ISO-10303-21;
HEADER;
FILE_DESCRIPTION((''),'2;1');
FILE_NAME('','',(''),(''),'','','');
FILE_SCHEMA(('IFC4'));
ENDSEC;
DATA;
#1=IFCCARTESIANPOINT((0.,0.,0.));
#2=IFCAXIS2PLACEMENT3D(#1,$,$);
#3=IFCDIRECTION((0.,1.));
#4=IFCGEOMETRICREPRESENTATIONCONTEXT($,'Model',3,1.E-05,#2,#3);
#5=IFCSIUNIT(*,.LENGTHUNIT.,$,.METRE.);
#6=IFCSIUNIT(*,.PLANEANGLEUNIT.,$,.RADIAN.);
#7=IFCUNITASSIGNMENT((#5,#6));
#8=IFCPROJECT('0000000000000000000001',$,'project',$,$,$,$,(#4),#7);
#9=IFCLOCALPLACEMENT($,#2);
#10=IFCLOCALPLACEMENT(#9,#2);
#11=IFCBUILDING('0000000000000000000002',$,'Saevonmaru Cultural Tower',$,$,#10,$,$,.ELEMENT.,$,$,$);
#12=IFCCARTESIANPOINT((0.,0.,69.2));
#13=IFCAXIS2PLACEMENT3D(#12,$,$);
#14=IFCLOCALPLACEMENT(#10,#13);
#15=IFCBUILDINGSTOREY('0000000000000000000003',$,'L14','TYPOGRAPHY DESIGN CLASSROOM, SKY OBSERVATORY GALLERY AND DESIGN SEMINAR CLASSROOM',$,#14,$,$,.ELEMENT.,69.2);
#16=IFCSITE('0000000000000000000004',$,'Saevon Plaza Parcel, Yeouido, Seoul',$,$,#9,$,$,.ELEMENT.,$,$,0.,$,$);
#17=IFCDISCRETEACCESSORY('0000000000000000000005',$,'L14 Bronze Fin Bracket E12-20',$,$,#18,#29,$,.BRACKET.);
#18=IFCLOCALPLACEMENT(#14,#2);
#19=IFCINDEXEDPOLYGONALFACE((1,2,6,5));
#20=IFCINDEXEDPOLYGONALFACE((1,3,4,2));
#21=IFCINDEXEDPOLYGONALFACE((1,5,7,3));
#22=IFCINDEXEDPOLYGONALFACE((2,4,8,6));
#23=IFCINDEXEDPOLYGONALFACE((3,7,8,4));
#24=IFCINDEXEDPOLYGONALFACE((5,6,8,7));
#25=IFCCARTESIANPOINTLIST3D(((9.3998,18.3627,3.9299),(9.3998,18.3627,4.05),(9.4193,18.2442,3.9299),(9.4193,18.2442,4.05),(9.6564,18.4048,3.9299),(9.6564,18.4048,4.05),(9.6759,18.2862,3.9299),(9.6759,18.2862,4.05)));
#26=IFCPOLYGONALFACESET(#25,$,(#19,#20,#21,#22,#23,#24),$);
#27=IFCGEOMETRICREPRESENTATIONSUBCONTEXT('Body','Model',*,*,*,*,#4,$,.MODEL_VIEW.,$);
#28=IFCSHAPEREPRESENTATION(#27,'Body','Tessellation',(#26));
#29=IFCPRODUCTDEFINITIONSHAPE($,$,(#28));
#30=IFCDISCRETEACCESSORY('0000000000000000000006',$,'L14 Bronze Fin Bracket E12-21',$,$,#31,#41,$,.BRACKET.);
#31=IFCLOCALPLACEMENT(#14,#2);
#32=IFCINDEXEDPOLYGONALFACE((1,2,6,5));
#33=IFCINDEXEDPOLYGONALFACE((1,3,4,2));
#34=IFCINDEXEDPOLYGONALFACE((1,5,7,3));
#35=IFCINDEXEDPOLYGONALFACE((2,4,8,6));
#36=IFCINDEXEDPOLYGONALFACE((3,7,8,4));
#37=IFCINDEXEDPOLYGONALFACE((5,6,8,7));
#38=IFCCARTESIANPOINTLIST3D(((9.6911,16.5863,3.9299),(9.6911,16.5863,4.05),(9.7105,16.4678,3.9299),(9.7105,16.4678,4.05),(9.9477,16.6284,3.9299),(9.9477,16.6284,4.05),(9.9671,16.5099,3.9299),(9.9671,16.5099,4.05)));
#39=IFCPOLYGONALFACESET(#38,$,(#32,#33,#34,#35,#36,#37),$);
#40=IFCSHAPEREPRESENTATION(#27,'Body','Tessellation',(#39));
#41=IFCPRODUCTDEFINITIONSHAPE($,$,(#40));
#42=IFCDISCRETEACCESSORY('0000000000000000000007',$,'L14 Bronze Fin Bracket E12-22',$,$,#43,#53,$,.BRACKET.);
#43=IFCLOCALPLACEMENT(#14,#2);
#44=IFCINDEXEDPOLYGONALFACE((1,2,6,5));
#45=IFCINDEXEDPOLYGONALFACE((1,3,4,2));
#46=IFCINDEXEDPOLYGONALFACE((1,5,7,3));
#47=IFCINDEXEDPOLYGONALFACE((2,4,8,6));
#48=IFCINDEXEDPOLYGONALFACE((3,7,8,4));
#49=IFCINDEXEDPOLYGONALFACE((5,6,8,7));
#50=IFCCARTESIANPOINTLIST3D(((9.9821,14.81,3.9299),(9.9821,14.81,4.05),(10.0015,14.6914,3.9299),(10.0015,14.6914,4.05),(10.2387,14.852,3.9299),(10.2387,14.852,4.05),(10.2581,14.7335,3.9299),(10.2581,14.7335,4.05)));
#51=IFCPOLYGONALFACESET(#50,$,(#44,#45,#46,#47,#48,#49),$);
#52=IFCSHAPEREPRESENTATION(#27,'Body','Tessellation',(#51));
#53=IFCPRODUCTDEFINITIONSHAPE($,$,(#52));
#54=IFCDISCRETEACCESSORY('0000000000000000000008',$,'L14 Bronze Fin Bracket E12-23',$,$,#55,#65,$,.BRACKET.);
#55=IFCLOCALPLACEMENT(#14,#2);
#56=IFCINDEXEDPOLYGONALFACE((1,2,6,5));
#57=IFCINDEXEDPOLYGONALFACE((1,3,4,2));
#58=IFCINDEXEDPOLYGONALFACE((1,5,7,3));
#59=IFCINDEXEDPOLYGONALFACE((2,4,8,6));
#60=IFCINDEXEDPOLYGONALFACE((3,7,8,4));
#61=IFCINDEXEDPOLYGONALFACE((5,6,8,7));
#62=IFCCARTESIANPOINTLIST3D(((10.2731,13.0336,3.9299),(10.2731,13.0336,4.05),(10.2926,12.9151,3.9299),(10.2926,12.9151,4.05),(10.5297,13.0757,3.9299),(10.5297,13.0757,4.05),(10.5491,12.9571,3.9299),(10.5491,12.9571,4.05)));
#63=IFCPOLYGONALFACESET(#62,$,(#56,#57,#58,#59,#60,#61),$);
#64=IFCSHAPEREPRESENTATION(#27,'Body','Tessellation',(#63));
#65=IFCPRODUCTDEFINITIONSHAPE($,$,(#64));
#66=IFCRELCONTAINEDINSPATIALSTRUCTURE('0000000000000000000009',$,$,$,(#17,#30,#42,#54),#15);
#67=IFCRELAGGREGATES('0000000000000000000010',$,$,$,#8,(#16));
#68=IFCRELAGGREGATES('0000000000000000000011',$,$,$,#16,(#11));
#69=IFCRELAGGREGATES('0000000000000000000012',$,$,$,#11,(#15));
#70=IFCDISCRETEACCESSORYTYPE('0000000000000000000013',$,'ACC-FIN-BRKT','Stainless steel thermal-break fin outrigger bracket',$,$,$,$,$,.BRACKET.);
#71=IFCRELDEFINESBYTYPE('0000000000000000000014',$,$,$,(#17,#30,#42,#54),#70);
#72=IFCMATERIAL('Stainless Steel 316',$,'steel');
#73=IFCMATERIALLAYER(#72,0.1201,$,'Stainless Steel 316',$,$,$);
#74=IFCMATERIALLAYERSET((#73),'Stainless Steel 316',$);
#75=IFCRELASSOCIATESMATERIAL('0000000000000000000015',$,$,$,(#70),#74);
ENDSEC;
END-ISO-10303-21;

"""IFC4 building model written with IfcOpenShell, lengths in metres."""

from ifc_helpers import new_model, si_unit, direction, frame, origin, origin_2d, place, context, subcontext, project, spatial, rectangle, extrude, material, layer, layer_set, type_object, element, save


model = new_model("IFC4")

# Units and contexts
model_context = context("Model", 3, precision=1e-05, world=origin(), true_north=direction((0.0, 1.0)))
body_context = subcontext(model_context, "Body", "Model", "MODEL_VIEW")
ifc_project = project(units=[si_unit("LENGTHUNIT", "METRE"), si_unit("PLANEANGLEUNIT", "RADIAN")], contexts=[model_context])

# Site, building, storey
site_placement = place(None, origin())
site = spatial("IfcSite", under=ifc_project, at=site_placement, Name="Saevon Plaza Parcel, Yeouido, Seoul", CompositionType="ELEMENT", RefElevation=0.0)
building_placement = place(site_placement, origin())
building = spatial("IfcBuilding", under=site, at=building_placement, Name="Saevonmaru Cultural Tower", CompositionType="ELEMENT")
storey_placement = place(building_placement, frame((0.0, 0.0, 69.2)))
storey = spatial("IfcBuildingStorey", under=building, at=storey_placement, Name="L14", Description="TYPOGRAPHY DESIGN CLASSROOM, SKY OBSERVATORY GALLERY AND DESIGN SEMINAR CLASSROOM", CompositionType="ELEMENT", Elevation=69.2)

# Discrete accessories
ifc_material_1 = material(Name="Stainless Steel 316", Category="steel")
ifc_layer_1 = layer(ifc_material_1, 0.1201, Name="Stainless Steel 316")
ifc_layer_set_1 = layer_set([ifc_layer_1], Name="Stainless Steel 316")
discrete_accessory_type = type_object("IfcDiscreteAccessoryType", Name="ACC-FIN-BRKT", Description="Stainless steel thermal-break fin outrigger bracket", PredefinedType="BRACKET", material=ifc_layer_set_1)
for number, where, z_axis, x_axis, name in (
    (1, (9.5378, 18.3245, 3.9299), (0.0, 0.0, 1.0), (-0.986827, -0.161776, 0.0), "L14 Bronze Fin Bracket E12-20"),
    (2, (9.8291, 16.5481, 3.9299), (0.0, 0.0, 1.0), (-0.986827, -0.161776, 0.0), "L14 Bronze Fin Bracket E12-21"),
    (3, (10.1201, 14.7717, 3.9299), (0.0, 0.0, 1.0), (-0.986827, -0.161776, 0.0), "L14 Bronze Fin Bracket E12-22"),
    (4, (10.4111, 12.9954, 3.9299), (0.0, 0.0, 1.0), (-0.986827, -0.161776, 0.0), "L14 Bronze Fin Bracket E12-23"),
):
    element("IfcDiscreteAccessory", number, at=place(storey_placement, frame(where, z_axis=z_axis, x_axis=x_axis)), inside=storey, type_object=discrete_accessory_type, Name=name, PredefinedType="BRACKET", context=body_context, shape_type="SweptSolid", body=[
        extrude(rectangle(XDim=0.26, YDim=0.1201, at=origin_2d()), origin(), (0.0, 0.0, 1.0), 0.1201),
    ])

save(model, "model.ifc")
